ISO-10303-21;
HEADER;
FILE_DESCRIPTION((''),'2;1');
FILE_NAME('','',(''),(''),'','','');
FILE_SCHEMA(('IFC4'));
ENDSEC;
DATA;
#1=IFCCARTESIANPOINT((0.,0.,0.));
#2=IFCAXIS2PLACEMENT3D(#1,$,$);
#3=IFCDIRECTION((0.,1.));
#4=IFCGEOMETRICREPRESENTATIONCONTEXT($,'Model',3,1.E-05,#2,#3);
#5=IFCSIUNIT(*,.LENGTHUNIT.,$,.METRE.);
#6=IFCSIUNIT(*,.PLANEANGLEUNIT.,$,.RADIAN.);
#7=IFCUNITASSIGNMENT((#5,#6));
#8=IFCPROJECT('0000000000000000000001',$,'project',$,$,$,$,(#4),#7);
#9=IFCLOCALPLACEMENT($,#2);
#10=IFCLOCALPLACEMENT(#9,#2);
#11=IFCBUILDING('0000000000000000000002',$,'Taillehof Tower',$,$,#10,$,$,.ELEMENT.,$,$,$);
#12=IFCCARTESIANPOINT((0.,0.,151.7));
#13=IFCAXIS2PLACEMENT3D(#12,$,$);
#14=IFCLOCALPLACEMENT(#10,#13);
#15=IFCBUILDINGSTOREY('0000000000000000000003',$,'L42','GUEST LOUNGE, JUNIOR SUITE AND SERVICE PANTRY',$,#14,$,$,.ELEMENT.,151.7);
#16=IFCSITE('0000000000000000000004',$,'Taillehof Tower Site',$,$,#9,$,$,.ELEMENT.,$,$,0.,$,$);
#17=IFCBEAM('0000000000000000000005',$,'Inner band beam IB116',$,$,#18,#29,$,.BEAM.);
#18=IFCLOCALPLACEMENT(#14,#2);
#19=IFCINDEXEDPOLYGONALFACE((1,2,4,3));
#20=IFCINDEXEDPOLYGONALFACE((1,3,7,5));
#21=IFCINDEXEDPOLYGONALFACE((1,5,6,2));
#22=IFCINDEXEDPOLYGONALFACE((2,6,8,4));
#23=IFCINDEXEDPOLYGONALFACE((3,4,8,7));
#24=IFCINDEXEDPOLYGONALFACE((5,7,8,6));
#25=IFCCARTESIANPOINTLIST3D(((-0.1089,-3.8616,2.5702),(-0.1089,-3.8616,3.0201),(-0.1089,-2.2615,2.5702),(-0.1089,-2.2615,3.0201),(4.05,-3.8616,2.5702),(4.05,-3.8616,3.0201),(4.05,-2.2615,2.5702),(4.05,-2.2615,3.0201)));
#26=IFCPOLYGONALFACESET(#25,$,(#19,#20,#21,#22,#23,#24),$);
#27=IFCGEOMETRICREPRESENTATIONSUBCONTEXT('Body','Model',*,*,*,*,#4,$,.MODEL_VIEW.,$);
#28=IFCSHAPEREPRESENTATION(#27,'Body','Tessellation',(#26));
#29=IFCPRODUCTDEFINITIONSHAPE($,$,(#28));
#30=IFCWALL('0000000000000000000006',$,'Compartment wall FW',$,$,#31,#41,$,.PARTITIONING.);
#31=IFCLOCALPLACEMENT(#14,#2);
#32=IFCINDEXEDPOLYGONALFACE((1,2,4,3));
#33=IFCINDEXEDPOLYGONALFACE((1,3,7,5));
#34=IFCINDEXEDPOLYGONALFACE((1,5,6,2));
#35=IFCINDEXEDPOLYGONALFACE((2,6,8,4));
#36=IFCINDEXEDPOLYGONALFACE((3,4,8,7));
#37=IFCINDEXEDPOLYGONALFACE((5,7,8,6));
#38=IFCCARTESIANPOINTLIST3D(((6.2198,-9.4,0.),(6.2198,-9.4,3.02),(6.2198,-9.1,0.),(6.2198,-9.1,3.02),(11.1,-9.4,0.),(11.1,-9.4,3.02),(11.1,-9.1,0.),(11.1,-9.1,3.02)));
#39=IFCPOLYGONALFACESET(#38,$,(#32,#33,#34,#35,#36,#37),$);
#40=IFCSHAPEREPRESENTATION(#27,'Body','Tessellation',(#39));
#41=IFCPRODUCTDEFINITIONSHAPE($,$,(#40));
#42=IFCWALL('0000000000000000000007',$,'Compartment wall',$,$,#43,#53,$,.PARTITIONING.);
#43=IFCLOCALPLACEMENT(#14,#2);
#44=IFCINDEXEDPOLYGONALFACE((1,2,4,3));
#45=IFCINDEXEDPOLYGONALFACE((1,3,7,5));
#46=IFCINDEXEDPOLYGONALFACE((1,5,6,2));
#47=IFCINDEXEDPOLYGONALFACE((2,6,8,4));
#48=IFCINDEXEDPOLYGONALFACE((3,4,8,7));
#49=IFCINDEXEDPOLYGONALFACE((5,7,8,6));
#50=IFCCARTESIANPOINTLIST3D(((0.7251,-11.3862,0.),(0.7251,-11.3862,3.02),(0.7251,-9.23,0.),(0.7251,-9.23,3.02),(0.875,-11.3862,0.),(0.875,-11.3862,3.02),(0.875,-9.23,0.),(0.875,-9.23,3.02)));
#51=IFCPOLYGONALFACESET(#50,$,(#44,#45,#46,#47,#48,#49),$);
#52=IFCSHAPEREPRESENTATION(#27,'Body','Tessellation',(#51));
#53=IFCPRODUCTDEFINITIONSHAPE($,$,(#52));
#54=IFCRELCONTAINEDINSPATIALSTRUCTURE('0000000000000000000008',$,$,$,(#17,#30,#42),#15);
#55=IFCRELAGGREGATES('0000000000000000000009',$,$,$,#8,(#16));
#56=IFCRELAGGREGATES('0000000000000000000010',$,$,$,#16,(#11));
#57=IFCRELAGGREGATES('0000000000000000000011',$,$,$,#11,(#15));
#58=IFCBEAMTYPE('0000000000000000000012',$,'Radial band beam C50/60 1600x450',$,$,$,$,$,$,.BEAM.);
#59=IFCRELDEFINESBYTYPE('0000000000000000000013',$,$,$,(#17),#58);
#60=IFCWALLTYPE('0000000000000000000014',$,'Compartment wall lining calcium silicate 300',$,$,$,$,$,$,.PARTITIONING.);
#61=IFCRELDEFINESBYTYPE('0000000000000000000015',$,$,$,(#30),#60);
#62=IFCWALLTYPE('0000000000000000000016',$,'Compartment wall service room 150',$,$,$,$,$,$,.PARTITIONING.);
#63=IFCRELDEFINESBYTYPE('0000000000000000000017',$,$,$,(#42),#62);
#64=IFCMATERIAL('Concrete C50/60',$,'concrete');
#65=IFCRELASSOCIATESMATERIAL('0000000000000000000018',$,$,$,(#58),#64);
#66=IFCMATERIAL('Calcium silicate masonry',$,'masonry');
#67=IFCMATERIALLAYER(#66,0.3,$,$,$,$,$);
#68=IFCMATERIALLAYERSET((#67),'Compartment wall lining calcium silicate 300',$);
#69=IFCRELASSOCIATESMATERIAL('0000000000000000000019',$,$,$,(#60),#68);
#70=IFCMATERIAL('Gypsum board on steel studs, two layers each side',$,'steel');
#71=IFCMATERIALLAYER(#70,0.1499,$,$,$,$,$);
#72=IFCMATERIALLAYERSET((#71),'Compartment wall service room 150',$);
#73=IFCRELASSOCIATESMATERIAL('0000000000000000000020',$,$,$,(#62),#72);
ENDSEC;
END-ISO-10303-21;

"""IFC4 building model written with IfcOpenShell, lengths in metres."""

from ifc_helpers import new_model, si_unit, direction, frame, frame_2d, origin, origin_2d, place, context, subcontext, project, spatial, rectangle, extrude, material, layer, layer_set, material_profile, profile_set, type_object, element, save


model = new_model("IFC4")

# Units and contexts
model_context = context("Model", 3, precision=1e-05, world=origin(), true_north=direction((0.0, 1.0)))
body_context = subcontext(model_context, "Body", "Model", "MODEL_VIEW")
ifc_project = project(units=[si_unit("LENGTHUNIT", "METRE"), si_unit("PLANEANGLEUNIT", "RADIAN")], contexts=[model_context])

# Site, building, storey
site_placement = place(None, origin())
site = spatial("IfcSite", under=ifc_project, at=site_placement, Name="Taillehof Tower Site", CompositionType="ELEMENT", RefElevation=0.0)
building_placement = place(site_placement, origin())
building = spatial("IfcBuilding", under=site, at=building_placement, Name="Taillehof Tower", CompositionType="ELEMENT")
storey_placement = place(building_placement, frame((0.0, 0.0, 151.7)))
storey = spatial("IfcBuildingStorey", under=building, at=storey_placement, Name="L42", Description="GUEST LOUNGE, JUNIOR SUITE AND SERVICE PANTRY", CompositionType="ELEMENT", Elevation=151.7)

# Beam
ifc_material_1 = material(Name="Concrete C50/60", Category="concrete")
ifc_material_profile = material_profile(ifc_material_1, rectangle(XDim=1.6001, YDim=0.45, at=origin_2d()), Name="RC 1600x450")
ifc_profile_set = profile_set([ifc_material_profile], Name="Concrete C50/60")
beam_type = type_object("IfcBeamType", Name="Radial band beam C50/60 1600x450", PredefinedType="BEAM", material=ifc_profile_set)
beam_placement = place(storey_placement, frame((-0.1089, -3.0615, 2.7952), z_axis=(1.0, 0.0, 0.0), x_axis=(0.0, 1.0, 0.0)))
element("IfcBeam", 1, at=beam_placement, inside=storey, type_object=beam_type, Name="Inner band beam IB116", PredefinedType="BEAM", context=body_context, shape_type="SweptSolid", body=[
    extrude(rectangle(XDim=1.6001, YDim=0.45, at=origin_2d()), origin(), (0.0, 0.0, 1.0), 4.1589),
])

# Walls
ifc_material_2 = material(Name="Calcium silicate masonry", Category="masonry")
ifc_layer_1 = layer(ifc_material_2, 0.3)
ifc_layer_set_1 = layer_set([ifc_layer_1], Name="Compartment wall lining calcium silicate 300")
wall_type_1 = type_object("IfcWallType", Name="Compartment wall lining calcium silicate 300", PredefinedType="PARTITIONING", material=ifc_layer_set_1)
wall_1_placement = place(storey_placement, frame((6.22, -9.25, 0.0), z_axis=(0.0, 0.0, 1.0), x_axis=(1.0, 0.0, 0.0)))
element("IfcWall", 2, at=wall_1_placement, inside=storey, type_object=wall_type_1, Name="Compartment wall FW", PredefinedType="PARTITIONING", context=body_context, shape_type="SweptSolid", body=[
    extrude(rectangle(XDim=4.8801, YDim=0.3, at=frame_2d((2.4399, 0.0))), origin(), (0.0, 0.0, 1.0), 3.02),
])
ifc_material_3 = material(Name="Gypsum board on steel studs, two layers each side", Category="steel")
ifc_layer_2 = layer(ifc_material_3, 0.1499)
ifc_layer_set_2 = layer_set([ifc_layer_2], Name="Compartment wall service room 150")
wall_type_2 = type_object("IfcWallType", Name="Compartment wall service room 150", PredefinedType="PARTITIONING", material=ifc_layer_set_2)
wall_2_placement = place(storey_placement, frame((0.8, -9.23, 0.0), z_axis=(0.0, 0.0, 1.0), x_axis=(0.0, -1.0, 0.0)))
element("IfcWall", 3, at=wall_2_placement, inside=storey, type_object=wall_type_2, Name="Compartment wall", PredefinedType="PARTITIONING", context=body_context, shape_type="SweptSolid", body=[
    extrude(rectangle(XDim=2.1562, YDim=0.1499, at=frame_2d((1.0781, 0.0))), origin(), (0.0, 0.0, 1.0), 3.02),
])

save(model, "model.ifc")
